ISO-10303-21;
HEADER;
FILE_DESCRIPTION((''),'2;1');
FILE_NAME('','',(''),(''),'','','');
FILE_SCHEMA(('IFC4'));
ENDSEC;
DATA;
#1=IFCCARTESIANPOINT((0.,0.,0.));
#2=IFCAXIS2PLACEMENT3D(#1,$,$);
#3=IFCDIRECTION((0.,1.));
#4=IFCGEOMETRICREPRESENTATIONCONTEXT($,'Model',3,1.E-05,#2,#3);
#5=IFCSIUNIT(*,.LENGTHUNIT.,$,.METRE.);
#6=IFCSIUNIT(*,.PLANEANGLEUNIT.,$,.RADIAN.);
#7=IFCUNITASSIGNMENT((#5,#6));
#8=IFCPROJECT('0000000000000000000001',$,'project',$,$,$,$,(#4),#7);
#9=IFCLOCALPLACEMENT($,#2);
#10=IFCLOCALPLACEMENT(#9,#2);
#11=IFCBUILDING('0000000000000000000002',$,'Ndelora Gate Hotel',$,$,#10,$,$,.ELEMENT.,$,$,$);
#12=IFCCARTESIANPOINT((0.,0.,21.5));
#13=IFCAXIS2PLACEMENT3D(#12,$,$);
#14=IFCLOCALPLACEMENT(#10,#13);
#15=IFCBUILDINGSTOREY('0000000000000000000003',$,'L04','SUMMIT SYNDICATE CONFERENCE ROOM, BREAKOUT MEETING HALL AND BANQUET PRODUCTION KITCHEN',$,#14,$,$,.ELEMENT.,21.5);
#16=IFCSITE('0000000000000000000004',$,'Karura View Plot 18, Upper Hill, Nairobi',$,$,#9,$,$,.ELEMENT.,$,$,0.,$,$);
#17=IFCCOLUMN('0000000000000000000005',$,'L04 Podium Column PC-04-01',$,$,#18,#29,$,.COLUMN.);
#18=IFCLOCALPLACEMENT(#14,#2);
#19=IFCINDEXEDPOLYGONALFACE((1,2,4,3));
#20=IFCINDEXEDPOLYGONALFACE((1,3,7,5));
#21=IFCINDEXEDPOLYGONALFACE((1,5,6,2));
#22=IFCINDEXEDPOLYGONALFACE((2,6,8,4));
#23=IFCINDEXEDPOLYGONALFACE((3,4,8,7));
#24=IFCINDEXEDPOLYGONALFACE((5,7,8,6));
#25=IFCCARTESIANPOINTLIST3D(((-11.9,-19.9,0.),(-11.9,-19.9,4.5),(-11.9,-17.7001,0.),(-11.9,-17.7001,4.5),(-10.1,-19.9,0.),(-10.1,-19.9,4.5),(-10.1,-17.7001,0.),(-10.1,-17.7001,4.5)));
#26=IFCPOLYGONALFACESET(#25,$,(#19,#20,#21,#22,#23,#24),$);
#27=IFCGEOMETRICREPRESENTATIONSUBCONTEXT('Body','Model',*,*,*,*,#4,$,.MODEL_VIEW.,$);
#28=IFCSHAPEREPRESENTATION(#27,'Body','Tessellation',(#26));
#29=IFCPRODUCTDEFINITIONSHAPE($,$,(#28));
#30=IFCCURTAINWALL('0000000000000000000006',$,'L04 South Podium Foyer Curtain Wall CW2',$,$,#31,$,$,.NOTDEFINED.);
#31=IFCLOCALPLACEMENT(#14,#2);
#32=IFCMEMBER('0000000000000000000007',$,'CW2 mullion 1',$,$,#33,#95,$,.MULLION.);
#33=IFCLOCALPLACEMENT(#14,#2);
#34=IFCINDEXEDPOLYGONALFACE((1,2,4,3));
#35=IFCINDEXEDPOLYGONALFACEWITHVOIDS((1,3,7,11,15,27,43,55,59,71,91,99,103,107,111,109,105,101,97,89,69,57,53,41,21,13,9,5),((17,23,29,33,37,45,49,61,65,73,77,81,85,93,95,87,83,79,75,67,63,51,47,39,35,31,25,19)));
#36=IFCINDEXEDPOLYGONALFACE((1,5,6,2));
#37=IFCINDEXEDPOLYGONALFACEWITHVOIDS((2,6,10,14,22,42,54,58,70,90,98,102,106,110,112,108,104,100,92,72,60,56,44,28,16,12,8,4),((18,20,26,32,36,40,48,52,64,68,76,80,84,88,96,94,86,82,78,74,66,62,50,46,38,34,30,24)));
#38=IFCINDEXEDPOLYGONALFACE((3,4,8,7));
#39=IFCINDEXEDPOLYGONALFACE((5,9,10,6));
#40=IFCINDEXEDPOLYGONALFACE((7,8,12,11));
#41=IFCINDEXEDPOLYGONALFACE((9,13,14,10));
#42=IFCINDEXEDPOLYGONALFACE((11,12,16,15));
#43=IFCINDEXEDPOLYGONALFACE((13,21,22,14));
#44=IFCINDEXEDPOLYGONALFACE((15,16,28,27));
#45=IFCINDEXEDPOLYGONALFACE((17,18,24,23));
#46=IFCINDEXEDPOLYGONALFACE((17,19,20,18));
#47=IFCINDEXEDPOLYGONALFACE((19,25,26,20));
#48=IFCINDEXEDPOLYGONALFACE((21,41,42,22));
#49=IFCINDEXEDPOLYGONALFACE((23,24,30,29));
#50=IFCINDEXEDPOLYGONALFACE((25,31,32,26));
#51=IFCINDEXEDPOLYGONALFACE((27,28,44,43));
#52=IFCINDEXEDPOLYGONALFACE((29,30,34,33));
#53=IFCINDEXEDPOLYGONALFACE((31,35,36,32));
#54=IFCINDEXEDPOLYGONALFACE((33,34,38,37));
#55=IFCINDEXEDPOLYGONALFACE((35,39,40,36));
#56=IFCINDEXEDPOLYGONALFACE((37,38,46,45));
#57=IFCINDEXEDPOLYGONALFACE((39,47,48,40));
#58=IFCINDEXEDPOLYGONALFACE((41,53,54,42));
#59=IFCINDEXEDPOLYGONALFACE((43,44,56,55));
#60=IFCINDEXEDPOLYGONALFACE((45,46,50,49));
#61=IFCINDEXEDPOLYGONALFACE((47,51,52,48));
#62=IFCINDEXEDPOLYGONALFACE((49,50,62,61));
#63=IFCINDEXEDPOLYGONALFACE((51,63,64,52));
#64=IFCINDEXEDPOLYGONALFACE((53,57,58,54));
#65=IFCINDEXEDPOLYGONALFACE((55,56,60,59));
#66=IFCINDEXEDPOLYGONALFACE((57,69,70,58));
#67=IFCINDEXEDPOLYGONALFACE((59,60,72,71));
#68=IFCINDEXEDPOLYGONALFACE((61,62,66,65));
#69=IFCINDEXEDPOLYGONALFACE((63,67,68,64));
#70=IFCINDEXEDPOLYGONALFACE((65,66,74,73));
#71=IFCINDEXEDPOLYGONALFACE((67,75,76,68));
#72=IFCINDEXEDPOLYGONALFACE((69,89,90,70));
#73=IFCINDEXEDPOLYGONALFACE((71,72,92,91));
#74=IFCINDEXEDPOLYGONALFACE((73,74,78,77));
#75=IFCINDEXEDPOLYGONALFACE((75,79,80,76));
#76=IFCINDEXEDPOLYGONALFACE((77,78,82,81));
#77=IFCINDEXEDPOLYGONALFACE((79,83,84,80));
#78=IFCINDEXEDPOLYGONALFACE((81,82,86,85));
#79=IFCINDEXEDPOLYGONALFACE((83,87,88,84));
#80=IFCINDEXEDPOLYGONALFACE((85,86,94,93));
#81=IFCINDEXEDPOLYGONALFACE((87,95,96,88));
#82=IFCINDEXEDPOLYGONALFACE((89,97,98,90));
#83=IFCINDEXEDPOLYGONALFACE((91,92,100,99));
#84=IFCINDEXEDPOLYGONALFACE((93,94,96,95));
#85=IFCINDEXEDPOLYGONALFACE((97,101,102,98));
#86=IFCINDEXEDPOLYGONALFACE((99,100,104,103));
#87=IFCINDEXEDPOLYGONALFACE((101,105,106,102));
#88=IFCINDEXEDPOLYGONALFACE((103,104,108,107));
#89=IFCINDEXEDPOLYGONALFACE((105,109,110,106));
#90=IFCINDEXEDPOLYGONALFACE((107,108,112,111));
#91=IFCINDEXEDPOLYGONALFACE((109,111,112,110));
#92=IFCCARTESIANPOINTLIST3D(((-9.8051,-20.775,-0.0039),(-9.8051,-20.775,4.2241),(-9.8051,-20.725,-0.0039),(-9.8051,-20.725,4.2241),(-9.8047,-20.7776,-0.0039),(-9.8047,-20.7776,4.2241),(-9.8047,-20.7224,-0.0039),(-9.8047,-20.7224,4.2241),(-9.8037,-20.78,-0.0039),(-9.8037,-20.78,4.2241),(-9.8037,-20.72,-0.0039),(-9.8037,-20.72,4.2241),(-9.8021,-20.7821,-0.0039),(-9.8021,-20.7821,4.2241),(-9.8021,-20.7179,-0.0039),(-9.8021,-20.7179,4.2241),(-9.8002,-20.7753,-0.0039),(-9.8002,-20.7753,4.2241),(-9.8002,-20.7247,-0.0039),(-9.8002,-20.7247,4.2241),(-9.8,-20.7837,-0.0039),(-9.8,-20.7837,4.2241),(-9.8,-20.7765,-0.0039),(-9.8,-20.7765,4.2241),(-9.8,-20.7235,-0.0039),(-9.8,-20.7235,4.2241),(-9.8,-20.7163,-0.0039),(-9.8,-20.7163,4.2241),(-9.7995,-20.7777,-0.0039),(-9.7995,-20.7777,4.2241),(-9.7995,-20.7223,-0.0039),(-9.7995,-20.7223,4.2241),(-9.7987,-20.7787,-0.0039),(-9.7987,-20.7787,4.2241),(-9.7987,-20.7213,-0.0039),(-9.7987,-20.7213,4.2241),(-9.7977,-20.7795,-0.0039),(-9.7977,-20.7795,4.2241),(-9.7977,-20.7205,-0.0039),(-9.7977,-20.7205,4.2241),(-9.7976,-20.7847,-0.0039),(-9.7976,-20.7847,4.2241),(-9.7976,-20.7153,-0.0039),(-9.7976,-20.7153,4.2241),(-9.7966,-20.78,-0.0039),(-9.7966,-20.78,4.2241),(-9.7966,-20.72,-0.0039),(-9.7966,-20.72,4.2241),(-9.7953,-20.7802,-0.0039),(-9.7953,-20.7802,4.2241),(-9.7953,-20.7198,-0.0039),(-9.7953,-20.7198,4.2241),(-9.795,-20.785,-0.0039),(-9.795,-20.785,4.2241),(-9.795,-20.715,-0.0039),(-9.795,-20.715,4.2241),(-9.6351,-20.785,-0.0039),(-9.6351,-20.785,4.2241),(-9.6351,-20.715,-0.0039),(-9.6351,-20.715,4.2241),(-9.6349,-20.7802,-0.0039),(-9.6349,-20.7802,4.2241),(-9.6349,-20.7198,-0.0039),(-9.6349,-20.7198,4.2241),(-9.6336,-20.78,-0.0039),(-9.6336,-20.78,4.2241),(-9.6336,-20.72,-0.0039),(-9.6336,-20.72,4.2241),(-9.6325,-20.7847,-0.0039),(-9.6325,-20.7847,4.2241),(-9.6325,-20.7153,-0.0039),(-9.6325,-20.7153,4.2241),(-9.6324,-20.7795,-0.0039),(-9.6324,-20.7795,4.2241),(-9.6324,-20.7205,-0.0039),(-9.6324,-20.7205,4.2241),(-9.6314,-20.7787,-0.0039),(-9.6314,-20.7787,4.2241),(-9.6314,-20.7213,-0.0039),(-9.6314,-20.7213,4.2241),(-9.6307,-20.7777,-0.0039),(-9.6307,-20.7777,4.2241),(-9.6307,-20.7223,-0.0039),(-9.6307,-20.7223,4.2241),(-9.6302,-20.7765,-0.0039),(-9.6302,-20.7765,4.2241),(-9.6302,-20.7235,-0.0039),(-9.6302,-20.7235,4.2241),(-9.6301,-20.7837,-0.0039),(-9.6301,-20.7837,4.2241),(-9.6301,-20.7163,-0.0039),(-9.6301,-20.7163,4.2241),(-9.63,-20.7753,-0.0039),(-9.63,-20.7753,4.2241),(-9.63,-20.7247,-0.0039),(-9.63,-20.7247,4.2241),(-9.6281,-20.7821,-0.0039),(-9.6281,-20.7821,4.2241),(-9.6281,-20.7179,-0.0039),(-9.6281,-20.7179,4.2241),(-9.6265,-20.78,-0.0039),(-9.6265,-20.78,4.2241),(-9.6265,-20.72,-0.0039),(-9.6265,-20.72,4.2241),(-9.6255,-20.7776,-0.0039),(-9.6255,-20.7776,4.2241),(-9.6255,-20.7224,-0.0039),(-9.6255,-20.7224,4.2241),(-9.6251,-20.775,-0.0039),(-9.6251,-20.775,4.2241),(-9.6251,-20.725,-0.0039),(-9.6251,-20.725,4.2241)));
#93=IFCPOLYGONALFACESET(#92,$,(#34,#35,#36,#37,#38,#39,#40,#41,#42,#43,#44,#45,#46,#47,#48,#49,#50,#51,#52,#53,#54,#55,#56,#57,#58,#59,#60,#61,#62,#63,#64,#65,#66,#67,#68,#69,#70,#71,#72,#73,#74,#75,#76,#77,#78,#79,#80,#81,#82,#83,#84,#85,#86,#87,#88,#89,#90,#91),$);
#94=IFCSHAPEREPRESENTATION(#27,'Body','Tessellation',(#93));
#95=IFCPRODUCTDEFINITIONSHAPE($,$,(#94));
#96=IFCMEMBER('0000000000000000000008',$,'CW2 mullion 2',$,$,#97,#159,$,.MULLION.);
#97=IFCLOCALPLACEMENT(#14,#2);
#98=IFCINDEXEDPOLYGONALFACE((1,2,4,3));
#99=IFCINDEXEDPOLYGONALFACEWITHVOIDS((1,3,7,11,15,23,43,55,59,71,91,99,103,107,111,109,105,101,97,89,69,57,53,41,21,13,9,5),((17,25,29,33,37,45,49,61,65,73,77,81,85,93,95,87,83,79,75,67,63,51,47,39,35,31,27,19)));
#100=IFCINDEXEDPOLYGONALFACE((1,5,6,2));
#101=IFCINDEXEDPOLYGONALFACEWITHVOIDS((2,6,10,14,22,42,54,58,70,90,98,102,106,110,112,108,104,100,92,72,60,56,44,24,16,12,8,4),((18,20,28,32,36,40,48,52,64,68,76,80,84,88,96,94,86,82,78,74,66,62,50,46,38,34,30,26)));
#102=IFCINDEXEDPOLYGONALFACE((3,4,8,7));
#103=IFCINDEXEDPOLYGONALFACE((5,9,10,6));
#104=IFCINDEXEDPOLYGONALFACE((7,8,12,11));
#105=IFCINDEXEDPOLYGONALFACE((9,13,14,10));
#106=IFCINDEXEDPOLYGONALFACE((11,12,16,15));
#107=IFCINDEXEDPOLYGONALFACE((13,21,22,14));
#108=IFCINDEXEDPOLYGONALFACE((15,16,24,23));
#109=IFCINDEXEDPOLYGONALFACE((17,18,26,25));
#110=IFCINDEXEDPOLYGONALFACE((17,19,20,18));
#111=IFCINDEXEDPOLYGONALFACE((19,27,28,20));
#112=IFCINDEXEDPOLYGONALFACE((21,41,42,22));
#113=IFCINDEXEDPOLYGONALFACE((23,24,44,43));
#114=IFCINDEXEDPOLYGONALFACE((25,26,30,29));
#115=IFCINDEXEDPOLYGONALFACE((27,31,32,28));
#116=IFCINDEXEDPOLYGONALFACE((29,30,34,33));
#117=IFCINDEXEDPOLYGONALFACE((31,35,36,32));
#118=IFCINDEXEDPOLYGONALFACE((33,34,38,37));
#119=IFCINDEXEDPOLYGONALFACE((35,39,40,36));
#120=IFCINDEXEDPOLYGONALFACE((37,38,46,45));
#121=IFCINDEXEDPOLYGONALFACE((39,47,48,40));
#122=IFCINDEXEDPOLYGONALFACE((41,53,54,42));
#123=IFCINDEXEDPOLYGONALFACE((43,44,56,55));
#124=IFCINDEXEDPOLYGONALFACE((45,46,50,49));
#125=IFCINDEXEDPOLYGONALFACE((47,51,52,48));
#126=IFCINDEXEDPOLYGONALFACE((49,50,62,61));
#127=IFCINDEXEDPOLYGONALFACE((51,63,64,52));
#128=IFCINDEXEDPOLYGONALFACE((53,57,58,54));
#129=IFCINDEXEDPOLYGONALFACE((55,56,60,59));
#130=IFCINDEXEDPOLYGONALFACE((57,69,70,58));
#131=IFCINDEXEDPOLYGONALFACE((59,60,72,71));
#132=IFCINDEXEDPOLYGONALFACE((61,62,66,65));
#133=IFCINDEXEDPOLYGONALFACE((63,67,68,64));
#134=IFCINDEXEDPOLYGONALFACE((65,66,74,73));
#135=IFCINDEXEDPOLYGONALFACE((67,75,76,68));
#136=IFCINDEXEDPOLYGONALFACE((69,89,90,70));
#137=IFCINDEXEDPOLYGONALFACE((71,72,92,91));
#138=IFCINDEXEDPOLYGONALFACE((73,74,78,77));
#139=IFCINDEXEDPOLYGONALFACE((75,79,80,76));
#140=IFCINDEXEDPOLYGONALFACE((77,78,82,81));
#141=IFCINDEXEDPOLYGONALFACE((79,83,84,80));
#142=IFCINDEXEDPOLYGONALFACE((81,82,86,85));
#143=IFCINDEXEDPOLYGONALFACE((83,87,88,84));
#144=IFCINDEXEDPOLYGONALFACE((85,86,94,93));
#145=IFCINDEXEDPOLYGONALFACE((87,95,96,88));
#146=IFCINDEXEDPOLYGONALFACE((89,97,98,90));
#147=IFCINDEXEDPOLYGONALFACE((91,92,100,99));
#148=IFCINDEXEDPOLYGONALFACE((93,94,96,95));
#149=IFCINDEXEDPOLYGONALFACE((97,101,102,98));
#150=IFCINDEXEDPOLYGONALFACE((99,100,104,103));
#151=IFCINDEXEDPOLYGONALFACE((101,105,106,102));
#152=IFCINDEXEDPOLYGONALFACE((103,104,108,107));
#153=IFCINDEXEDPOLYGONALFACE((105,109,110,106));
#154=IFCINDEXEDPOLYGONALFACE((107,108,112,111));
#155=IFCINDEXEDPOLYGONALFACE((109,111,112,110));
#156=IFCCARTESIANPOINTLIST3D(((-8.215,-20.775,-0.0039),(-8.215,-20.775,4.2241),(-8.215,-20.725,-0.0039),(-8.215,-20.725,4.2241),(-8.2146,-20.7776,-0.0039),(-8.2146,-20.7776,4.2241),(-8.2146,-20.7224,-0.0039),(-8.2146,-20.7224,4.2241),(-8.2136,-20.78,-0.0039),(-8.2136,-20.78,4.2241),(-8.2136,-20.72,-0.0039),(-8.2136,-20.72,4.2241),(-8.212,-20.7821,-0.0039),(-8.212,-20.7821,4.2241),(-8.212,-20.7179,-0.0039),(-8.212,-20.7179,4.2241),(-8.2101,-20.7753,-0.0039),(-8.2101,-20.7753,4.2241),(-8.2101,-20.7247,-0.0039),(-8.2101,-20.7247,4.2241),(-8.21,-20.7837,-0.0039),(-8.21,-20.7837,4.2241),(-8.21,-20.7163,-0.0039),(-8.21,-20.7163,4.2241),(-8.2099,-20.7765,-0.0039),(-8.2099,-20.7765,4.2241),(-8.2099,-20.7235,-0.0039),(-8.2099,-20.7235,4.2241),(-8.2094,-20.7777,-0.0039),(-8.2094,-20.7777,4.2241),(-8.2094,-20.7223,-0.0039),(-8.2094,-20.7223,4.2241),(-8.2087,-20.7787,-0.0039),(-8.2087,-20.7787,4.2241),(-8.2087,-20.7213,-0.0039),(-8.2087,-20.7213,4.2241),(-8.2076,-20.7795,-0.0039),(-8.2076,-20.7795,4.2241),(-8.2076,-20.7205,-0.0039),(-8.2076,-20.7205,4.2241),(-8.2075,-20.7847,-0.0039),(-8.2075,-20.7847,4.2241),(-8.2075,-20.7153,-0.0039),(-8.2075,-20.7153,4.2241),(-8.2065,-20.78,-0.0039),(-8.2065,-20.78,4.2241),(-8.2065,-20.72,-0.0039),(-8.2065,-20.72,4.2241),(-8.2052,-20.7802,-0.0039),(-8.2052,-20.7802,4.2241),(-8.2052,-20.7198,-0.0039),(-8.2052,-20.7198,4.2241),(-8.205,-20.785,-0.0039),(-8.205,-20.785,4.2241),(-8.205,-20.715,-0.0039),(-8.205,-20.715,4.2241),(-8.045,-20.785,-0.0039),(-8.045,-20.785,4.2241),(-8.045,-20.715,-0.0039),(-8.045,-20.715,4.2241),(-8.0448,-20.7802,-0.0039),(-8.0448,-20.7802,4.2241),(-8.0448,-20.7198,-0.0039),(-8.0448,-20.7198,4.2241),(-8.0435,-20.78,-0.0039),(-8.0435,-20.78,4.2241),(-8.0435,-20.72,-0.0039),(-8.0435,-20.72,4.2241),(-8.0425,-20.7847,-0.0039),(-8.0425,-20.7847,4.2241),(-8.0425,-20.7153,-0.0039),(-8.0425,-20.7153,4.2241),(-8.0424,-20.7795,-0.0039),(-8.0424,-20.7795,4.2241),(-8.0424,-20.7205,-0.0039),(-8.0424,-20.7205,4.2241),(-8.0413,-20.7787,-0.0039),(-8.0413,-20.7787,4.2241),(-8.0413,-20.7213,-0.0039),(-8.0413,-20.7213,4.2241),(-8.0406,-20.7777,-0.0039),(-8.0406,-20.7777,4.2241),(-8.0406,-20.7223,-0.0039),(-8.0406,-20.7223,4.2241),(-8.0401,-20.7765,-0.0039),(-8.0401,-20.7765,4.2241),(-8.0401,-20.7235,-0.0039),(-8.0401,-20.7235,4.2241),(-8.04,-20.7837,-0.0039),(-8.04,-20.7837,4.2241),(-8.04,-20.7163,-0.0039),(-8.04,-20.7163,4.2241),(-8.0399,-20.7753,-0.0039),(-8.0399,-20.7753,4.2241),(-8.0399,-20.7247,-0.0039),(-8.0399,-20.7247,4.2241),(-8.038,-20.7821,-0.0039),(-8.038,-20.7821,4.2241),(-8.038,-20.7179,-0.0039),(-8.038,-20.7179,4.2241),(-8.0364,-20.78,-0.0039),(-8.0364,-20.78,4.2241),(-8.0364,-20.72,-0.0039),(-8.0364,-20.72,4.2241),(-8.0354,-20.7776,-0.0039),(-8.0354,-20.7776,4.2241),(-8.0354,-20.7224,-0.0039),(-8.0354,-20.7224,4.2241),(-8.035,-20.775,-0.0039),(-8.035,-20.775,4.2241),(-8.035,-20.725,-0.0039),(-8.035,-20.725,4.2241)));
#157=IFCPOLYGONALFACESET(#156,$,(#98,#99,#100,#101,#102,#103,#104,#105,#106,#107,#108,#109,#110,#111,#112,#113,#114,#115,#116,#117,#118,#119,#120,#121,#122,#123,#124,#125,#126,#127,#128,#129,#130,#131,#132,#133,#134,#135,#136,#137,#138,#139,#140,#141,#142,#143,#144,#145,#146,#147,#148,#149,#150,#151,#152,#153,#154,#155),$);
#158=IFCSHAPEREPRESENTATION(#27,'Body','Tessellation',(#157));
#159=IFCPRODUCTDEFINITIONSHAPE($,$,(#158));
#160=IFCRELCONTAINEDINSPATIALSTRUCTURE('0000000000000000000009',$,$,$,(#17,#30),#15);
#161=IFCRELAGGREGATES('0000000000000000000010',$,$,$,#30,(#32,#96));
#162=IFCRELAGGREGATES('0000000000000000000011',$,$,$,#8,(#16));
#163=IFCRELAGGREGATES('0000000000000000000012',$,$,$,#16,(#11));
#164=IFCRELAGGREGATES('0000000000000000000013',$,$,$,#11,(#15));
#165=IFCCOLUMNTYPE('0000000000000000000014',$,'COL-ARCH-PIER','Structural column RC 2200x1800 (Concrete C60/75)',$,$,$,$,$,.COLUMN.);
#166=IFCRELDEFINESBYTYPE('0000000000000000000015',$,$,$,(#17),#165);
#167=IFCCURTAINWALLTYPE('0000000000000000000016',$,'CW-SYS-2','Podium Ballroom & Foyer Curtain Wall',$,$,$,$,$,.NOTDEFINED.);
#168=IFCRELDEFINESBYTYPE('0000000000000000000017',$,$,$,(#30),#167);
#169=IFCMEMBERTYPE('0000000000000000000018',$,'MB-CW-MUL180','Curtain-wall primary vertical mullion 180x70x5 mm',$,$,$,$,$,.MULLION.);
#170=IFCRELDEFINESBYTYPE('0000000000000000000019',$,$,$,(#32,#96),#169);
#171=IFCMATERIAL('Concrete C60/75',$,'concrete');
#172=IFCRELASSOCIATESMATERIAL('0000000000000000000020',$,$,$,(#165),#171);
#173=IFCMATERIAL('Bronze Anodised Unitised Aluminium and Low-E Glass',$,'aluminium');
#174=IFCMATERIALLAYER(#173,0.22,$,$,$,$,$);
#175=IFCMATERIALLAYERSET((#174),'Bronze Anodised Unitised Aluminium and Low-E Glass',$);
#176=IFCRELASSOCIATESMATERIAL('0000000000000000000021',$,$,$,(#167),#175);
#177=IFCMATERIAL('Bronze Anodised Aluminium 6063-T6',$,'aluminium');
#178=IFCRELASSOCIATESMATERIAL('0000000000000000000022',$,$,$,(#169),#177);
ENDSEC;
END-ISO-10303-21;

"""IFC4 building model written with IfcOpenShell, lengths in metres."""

from ifc_helpers import new_model, si_unit, direction, frame, origin, origin_2d, place, context, subcontext, project, spatial, rectangle, hollow_rectangle, extrude, material, layer, layer_set, material_profile, profile_set, type_object, element, aggregate, save


model = new_model("IFC4")

# Units and contexts
model_context = context("Model", 3, precision=1e-05, world=origin(), true_north=direction((0.0, 1.0)))
body_context = subcontext(model_context, "Body", "Model", "MODEL_VIEW")
ifc_project = project(units=[si_unit("LENGTHUNIT", "METRE"), si_unit("PLANEANGLEUNIT", "RADIAN")], contexts=[model_context])

# Site, building, storey
site_placement = place(None, origin())
site = spatial("IfcSite", under=ifc_project, at=site_placement, Name="Karura View Plot 18, Upper Hill, Nairobi", CompositionType="ELEMENT", RefElevation=0.0)
building_placement = place(site_placement, origin())
building = spatial("IfcBuilding", under=site, at=building_placement, Name="Ndelora Gate Hotel", CompositionType="ELEMENT")
storey_placement = place(building_placement, frame((0.0, 0.0, 21.5)))
storey = spatial("IfcBuildingStorey", under=building, at=storey_placement, Name="L04", Description="SUMMIT SYNDICATE CONFERENCE ROOM, BREAKOUT MEETING HALL AND BANQUET PRODUCTION KITCHEN", CompositionType="ELEMENT", Elevation=21.5)

# Column
ifc_material_1 = material(Name="Concrete C60/75", Category="concrete")
ifc_material_profile_1 = material_profile(ifc_material_1, rectangle(XDim=1.8, YDim=2.2, at=origin_2d()), Name="RC 2200x1800")
ifc_profile_set_1 = profile_set([ifc_material_profile_1], Name="Concrete C60/75")
column_type = type_object("IfcColumnType", Name="COL-ARCH-PIER", Description="Structural column RC 2200x1800 (Concrete C60/75)", PredefinedType="COLUMN", material=ifc_profile_set_1)
column_placement = place(storey_placement, frame((-11.0, -18.8, 0.0), z_axis=(0.0, 0.0, 1.0), x_axis=(1.0, 0.0, 0.0)))
element("IfcColumn", 1, at=column_placement, inside=storey, type_object=column_type, Name="L04 Podium Column PC-04-01", PredefinedType="COLUMN", context=body_context, shape_type="SweptSolid", body=[
    extrude(rectangle(XDim=1.8, YDim=2.2, at=origin_2d()), origin(), (0.0, 0.0, 1.0), 4.5),
])

# Curtain wall, members
ifc_material_2 = material(Name="Bronze Anodised Unitised Aluminium and Low-E Glass", Category="aluminium")
ifc_layer_1 = layer(ifc_material_2, 0.22)
ifc_layer_set_1 = layer_set([ifc_layer_1], Name="Bronze Anodised Unitised Aluminium and Low-E Glass")
curtain_wall_type = type_object("IfcCurtainWallType", Name="CW-SYS-2", Description="Podium Ballroom & Foyer Curtain Wall", PredefinedType="NOTDEFINED", material=ifc_layer_set_1)
curtain_wall_placement = place(storey_placement, origin())
curtain_wall = element("IfcCurtainWall", 2, at=curtain_wall_placement, inside=storey, type_object=curtain_wall_type, Name="L04 South Podium Foyer Curtain Wall CW2", PredefinedType="NOTDEFINED")
ifc_material_3 = material(Name="Bronze Anodised Aluminium 6063-T6", Category="aluminium")
ifc_material_profile_2 = material_profile(ifc_material_3, hollow_rectangle(XDim=0.0701, YDim=0.1799, WallThickness=0.0049, InnerFilletRadius=0.0049, OuterFilletRadius=0.01, at=origin_2d()), Name="ALU 180x70x5")
ifc_profile_set_2 = profile_set([ifc_material_profile_2], Name="Bronze Anodised Aluminium 6063-T6")
member_type_1 = type_object("IfcMemberType", Name="MB-CW-MUL180", Description="Curtain-wall primary vertical mullion 180x70x5 mm", PredefinedType="MULLION", material=ifc_profile_set_2)
member_1_placement = place(storey_placement, frame((-9.7151, -20.75, -0.0039), z_axis=(0.0, 0.0, 1.0), x_axis=(0.0, 1.0, 0.0)))
member_1 = element("IfcMember", 3, at=member_1_placement, type_object=member_type_1, Name="CW2 mullion 1", PredefinedType="MULLION", context=body_context, shape_type="SweptSolid", body=[
    extrude(hollow_rectangle(XDim=0.0701, YDim=0.1799, WallThickness=0.0049, InnerFilletRadius=0.0049, OuterFilletRadius=0.01, at=origin_2d()), origin(), (0.0, 0.0, 1.0), 4.228),
])
member_2_placement = place(storey_placement, frame((-8.125, -20.75, -0.0039), z_axis=(0.0, 0.0, 1.0), x_axis=(0.0, 1.0, 0.0)))
member_2 = element("IfcMember", 4, at=member_2_placement, type_object=member_type_1, Name="CW2 mullion 2", PredefinedType="MULLION", context=body_context, shape_type="SweptSolid", body=[
    extrude(hollow_rectangle(XDim=0.0701, YDim=0.1799, WallThickness=0.0049, InnerFilletRadius=0.0049, OuterFilletRadius=0.01, at=origin_2d()), origin(), (0.0, 0.0, 1.0), 4.228),
])
aggregate(curtain_wall, [member_1, member_2])

save(model, "model.ifc")
